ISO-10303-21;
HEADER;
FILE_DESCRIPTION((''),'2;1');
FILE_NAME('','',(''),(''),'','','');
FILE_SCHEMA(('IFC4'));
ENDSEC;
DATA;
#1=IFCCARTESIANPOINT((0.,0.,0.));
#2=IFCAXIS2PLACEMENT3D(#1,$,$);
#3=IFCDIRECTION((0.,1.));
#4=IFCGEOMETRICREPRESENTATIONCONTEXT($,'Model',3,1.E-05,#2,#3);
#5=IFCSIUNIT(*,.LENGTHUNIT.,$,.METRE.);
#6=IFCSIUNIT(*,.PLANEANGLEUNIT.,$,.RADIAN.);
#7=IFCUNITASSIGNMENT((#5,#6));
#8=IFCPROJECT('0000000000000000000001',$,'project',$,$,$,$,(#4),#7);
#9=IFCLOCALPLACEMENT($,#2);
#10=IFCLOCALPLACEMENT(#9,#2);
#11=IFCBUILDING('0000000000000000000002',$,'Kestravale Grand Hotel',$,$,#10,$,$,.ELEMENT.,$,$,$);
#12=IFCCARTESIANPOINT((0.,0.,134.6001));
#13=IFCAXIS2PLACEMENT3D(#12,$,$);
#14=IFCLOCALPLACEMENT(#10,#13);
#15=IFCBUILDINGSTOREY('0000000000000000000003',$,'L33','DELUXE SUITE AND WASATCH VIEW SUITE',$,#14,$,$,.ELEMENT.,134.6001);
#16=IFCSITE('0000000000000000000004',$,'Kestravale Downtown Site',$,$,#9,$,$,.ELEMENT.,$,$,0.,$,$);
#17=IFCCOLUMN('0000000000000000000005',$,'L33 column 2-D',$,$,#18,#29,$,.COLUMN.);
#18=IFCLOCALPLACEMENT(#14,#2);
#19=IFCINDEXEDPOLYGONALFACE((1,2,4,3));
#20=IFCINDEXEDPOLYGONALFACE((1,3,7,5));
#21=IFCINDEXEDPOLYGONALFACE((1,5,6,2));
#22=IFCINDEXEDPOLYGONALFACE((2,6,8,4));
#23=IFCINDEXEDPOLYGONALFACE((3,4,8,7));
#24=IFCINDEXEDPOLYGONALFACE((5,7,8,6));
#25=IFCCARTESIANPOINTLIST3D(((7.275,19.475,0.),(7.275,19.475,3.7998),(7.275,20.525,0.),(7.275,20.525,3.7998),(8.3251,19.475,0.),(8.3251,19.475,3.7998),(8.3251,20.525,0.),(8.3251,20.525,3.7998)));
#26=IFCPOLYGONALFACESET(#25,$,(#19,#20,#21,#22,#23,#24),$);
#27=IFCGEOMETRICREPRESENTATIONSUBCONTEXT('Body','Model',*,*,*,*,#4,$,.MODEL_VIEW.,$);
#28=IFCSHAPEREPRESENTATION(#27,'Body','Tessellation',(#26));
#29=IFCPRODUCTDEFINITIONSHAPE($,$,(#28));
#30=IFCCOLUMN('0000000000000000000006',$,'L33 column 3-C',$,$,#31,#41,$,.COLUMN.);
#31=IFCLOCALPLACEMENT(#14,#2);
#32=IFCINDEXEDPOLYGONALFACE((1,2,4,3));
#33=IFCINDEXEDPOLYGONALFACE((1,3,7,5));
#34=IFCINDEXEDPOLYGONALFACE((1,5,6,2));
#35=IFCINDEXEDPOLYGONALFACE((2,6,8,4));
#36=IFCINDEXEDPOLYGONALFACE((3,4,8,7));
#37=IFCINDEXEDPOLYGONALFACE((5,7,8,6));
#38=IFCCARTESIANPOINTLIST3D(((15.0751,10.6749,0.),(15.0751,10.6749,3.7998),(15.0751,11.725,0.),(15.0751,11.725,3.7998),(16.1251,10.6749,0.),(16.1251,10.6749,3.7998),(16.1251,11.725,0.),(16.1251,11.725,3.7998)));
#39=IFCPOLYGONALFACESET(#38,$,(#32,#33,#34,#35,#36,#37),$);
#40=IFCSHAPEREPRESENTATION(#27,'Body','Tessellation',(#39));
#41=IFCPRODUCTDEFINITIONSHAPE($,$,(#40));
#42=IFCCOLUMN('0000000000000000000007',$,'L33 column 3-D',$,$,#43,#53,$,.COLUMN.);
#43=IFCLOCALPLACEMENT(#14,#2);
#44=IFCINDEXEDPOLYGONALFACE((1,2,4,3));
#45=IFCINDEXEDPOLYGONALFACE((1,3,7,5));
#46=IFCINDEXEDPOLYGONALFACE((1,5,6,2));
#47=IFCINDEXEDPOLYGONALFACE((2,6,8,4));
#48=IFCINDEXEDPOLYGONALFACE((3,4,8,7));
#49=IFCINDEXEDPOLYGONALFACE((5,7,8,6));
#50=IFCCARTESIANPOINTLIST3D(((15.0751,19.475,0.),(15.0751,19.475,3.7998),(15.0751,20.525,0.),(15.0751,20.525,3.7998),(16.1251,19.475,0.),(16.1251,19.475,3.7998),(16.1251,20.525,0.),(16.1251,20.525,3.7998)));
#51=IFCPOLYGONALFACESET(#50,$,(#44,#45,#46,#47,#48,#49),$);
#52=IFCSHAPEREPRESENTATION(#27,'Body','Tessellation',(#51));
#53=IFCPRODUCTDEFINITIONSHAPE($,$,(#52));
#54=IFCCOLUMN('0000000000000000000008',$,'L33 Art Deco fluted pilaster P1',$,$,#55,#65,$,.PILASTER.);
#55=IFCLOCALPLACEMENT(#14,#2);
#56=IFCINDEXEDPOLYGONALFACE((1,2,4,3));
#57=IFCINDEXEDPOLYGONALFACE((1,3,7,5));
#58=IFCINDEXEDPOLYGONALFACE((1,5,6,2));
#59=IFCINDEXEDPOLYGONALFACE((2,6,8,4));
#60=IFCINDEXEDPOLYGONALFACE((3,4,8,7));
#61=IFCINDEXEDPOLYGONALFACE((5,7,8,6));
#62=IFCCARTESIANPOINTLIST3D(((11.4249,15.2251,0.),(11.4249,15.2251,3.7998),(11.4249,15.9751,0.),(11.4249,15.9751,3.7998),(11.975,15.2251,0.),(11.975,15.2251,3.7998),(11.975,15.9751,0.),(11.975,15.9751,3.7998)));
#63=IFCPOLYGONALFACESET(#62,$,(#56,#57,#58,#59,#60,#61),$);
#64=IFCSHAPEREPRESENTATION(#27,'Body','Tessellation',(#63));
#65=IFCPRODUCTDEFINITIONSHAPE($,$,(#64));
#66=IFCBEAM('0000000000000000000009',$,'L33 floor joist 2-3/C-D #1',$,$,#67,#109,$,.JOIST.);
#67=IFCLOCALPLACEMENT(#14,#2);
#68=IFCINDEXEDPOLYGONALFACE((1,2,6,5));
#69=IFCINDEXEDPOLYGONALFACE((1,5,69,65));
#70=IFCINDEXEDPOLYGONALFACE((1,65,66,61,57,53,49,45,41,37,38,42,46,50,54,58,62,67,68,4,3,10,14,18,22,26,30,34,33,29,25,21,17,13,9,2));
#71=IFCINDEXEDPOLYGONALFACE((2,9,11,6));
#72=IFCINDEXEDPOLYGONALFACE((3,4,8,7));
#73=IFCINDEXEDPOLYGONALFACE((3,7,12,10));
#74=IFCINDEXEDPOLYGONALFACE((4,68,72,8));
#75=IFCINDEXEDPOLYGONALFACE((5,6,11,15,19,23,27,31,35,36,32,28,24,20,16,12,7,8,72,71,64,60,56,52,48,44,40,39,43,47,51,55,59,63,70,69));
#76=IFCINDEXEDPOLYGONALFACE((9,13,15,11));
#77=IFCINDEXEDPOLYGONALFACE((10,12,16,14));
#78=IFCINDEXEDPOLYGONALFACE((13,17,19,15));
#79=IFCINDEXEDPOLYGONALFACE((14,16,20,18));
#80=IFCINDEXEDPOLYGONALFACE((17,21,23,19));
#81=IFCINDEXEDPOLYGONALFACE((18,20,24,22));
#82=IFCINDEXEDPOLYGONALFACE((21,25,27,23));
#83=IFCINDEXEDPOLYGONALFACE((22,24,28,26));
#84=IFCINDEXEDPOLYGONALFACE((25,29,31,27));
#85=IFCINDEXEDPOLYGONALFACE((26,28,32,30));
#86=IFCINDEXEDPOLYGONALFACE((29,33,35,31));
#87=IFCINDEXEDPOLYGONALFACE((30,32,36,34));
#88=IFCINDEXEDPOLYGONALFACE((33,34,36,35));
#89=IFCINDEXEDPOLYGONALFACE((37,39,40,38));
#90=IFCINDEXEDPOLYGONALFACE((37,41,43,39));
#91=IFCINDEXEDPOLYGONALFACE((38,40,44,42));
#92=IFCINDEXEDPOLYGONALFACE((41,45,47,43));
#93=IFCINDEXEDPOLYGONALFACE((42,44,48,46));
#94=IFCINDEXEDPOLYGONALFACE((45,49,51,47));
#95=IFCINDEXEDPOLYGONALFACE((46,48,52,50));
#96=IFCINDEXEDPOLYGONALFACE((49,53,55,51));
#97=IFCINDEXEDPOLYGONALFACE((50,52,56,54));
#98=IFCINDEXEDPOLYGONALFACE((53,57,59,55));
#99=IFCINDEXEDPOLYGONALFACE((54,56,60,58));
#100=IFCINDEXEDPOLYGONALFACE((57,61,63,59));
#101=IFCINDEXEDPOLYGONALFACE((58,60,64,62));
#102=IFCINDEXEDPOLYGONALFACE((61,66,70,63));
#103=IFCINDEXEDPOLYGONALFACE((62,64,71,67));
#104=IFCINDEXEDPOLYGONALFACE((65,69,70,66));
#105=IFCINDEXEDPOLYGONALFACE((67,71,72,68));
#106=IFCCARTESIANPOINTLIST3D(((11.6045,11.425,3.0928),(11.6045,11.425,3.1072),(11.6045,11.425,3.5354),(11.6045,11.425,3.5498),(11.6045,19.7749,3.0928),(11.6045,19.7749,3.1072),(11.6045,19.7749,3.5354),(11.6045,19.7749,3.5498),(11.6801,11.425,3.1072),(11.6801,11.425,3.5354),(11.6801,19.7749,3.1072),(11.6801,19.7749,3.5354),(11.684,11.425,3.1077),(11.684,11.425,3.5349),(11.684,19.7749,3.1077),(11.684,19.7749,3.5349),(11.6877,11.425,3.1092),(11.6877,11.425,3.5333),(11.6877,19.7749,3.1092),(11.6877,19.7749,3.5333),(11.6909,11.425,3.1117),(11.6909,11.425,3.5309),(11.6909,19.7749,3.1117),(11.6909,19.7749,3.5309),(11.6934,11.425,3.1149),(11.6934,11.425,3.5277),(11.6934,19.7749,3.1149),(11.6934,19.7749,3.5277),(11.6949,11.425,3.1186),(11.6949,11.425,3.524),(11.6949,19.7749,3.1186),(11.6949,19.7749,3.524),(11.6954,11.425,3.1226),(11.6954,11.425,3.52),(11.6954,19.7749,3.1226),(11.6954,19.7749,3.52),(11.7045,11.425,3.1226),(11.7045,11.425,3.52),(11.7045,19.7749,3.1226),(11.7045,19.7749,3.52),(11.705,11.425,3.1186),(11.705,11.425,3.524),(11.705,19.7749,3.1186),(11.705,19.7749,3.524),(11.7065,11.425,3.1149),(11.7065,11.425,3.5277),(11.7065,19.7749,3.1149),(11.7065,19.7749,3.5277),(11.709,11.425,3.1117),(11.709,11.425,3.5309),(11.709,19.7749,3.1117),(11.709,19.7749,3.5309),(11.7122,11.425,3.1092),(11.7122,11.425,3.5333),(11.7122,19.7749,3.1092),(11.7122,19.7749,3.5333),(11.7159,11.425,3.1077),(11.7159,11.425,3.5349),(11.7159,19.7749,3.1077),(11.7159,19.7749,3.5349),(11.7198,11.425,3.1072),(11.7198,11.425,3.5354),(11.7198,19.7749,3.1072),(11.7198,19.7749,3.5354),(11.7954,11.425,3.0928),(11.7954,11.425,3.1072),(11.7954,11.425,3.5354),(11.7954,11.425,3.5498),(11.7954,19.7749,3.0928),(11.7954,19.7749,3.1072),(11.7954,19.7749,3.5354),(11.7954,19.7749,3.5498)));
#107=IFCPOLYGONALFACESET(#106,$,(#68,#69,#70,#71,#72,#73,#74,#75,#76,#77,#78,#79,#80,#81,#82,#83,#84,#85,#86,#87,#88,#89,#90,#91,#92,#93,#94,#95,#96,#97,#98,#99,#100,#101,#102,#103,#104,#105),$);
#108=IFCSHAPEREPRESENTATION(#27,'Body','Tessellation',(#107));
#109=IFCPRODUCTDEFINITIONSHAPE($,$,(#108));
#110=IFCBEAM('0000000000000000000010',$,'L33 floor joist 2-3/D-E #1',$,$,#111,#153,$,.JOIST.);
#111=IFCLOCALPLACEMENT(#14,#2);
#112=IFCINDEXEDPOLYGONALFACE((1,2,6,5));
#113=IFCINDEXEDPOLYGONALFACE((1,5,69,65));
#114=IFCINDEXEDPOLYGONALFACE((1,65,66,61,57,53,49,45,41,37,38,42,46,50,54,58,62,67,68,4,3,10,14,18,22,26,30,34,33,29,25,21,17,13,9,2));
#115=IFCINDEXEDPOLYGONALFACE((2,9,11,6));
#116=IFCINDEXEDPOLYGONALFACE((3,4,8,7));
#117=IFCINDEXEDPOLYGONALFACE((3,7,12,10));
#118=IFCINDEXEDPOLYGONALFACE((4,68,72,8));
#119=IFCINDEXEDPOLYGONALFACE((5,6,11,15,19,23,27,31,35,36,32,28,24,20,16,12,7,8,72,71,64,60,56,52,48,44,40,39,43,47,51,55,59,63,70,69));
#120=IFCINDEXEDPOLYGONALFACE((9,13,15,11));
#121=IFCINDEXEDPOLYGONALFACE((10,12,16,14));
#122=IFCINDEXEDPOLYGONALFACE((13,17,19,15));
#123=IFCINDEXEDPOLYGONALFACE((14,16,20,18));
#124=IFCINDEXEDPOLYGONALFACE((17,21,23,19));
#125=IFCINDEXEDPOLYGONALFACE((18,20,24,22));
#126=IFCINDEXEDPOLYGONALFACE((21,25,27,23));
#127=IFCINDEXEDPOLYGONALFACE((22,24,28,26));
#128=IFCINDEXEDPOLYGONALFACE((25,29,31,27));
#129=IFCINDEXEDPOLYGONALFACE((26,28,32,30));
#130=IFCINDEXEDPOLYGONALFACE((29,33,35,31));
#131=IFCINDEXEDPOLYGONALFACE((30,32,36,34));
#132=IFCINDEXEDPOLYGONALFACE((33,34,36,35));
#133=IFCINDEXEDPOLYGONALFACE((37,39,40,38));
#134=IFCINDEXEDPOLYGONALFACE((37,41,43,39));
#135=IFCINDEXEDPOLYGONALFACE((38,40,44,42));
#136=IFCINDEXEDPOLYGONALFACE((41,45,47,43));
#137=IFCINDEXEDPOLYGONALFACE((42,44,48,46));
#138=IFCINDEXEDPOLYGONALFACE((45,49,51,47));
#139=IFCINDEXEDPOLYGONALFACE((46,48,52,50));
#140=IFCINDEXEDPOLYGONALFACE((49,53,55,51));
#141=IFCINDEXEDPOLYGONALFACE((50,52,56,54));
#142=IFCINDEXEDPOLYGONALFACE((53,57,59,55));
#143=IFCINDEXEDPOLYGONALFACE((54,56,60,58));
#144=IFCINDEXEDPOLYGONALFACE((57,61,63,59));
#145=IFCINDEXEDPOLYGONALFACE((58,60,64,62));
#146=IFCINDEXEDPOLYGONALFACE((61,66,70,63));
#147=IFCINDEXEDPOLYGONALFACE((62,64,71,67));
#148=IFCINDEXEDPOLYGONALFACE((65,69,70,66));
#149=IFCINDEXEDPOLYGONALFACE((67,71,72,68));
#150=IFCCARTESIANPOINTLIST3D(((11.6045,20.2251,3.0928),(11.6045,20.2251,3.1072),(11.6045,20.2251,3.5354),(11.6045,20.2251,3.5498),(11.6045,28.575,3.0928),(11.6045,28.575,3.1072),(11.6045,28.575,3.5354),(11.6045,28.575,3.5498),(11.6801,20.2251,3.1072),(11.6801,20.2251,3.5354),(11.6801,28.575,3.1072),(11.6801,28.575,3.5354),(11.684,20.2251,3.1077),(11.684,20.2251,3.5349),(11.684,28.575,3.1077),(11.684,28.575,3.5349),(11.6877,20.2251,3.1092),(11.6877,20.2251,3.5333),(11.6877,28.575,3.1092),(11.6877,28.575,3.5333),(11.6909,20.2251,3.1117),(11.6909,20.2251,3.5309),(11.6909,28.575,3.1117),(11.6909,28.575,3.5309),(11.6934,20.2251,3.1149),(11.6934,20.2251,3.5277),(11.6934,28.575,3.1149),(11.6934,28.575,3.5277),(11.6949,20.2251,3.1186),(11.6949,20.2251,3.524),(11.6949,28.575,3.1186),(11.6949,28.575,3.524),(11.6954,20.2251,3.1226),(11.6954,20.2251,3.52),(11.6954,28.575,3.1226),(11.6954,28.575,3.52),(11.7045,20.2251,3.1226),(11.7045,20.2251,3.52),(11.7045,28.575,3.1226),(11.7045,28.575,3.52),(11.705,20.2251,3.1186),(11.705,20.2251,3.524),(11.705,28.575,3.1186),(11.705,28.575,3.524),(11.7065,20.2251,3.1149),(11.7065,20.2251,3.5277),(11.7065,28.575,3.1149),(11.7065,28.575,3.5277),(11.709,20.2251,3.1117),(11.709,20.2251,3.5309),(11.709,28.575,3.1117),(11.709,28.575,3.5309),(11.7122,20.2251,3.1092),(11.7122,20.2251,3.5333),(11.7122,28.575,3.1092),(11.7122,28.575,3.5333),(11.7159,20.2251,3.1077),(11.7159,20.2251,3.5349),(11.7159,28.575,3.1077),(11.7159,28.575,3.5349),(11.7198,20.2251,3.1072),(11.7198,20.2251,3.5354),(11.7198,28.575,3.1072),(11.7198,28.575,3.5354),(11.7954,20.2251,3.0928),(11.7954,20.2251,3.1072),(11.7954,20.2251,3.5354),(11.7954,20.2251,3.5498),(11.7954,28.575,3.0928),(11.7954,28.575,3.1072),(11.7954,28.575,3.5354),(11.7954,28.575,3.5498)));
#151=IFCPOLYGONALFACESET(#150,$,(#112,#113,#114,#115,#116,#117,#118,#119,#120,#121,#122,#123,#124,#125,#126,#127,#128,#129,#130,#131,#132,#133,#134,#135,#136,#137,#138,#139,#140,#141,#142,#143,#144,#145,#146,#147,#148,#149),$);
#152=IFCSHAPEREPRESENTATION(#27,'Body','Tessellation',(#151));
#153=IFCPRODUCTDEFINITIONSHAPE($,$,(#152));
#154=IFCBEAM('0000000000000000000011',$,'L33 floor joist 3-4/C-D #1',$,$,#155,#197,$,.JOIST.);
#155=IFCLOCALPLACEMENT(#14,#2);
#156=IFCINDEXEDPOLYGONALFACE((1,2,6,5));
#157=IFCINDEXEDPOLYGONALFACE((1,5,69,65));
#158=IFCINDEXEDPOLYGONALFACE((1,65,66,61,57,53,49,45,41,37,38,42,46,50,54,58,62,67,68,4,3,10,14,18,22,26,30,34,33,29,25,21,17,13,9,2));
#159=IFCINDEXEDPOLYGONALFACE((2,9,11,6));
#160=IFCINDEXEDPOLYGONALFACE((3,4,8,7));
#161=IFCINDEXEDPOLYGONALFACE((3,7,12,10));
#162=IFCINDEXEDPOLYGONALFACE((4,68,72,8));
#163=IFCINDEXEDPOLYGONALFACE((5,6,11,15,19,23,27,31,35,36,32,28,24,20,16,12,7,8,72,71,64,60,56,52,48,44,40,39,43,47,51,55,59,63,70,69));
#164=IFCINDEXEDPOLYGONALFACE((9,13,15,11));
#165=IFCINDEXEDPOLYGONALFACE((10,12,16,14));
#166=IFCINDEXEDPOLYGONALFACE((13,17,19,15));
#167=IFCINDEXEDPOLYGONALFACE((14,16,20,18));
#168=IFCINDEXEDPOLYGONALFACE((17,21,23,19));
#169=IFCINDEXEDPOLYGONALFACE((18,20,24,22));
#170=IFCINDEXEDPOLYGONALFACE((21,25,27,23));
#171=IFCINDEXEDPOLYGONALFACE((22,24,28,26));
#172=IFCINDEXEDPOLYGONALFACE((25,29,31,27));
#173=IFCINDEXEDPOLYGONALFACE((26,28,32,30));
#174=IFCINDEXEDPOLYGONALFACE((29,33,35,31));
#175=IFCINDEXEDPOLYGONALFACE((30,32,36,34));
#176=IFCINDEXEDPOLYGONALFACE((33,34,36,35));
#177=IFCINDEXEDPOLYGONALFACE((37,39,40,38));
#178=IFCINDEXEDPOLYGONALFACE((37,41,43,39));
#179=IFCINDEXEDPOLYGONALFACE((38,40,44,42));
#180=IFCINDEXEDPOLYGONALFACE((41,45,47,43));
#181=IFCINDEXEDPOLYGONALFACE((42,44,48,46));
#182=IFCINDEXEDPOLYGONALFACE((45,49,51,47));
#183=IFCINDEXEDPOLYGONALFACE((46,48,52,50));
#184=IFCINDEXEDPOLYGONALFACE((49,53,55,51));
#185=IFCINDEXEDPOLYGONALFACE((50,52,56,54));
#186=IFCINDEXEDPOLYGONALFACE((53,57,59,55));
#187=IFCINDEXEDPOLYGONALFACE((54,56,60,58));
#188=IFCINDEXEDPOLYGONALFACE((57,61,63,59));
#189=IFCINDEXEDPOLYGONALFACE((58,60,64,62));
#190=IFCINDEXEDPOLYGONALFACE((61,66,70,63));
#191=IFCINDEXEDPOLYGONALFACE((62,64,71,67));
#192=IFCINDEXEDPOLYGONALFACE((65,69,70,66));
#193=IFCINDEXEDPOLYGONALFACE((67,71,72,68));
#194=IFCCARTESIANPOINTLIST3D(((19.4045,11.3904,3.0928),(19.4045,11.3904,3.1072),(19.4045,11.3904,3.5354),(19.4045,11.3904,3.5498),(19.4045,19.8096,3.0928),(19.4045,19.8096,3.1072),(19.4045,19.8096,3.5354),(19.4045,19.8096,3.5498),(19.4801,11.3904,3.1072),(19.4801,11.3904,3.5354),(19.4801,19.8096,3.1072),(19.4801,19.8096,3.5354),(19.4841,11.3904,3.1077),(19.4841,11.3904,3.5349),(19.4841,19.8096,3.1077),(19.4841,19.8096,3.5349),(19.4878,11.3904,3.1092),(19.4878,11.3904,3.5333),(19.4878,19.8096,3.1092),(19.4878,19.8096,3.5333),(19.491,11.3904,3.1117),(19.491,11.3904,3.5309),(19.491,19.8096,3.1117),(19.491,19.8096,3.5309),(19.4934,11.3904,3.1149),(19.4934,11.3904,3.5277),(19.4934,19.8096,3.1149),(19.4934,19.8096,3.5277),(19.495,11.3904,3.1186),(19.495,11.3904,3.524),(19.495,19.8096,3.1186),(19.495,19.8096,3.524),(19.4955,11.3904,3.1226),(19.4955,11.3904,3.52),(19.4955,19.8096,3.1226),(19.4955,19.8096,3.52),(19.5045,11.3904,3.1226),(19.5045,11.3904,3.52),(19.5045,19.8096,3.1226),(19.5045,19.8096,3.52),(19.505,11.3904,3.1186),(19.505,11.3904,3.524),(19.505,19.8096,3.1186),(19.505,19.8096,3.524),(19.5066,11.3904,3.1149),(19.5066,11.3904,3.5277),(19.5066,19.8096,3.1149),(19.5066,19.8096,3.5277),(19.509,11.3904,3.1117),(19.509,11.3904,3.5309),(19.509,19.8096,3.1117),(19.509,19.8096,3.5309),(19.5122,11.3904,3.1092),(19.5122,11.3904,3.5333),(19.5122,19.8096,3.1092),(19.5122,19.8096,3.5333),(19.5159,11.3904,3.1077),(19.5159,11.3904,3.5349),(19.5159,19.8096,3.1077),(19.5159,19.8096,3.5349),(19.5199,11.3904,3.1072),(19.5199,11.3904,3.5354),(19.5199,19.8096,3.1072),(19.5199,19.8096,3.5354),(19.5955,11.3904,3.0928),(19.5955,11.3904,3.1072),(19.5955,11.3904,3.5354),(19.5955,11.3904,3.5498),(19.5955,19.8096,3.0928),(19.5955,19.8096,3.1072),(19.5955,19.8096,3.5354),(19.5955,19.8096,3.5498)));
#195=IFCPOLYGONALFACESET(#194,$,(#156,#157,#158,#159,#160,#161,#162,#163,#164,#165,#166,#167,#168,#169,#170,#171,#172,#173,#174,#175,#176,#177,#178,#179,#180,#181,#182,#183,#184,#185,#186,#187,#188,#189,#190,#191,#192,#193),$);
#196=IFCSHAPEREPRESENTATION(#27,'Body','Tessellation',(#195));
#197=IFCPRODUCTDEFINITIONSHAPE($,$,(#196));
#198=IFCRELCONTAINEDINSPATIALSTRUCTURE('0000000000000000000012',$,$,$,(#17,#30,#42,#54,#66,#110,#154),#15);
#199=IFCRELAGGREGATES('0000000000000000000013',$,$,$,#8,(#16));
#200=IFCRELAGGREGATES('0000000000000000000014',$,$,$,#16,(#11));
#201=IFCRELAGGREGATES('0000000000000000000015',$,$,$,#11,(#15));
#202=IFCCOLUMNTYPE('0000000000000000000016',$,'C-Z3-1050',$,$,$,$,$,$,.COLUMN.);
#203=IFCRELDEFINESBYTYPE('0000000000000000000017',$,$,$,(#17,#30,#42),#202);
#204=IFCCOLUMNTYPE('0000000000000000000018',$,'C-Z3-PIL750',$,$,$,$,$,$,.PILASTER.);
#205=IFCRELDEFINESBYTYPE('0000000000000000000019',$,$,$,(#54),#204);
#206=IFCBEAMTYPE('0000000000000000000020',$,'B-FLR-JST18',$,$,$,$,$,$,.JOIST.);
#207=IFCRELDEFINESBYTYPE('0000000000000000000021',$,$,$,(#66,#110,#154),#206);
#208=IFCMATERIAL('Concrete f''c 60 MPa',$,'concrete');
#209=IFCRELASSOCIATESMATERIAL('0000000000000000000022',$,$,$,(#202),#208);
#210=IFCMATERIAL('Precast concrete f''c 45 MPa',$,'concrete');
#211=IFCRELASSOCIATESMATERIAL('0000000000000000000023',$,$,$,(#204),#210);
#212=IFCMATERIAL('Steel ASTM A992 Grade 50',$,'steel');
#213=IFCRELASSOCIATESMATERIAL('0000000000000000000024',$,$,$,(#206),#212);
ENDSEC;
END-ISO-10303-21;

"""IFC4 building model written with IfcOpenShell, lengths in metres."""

from ifc_helpers import new_model, si_unit, direction, frame, origin, origin_2d, place, context, subcontext, project, spatial, rectangle, i_section, extrude, material, material_profile, profile_set, type_object, element, save


model = new_model("IFC4")

# Units and contexts
model_context = context("Model", 3, precision=1e-05, world=origin(), true_north=direction((0.0, 1.0)))
body_context = subcontext(model_context, "Body", "Model", "MODEL_VIEW")
ifc_project = project(units=[si_unit("LENGTHUNIT", "METRE"), si_unit("PLANEANGLEUNIT", "RADIAN")], contexts=[model_context])

# Site, building, storey
site_placement = place(None, origin())
site = spatial("IfcSite", under=ifc_project, at=site_placement, Name="Kestravale Downtown Site", CompositionType="ELEMENT", RefElevation=0.0)
building_placement = place(site_placement, origin())
building = spatial("IfcBuilding", under=site, at=building_placement, Name="Kestravale Grand Hotel", CompositionType="ELEMENT")
storey_placement = place(building_placement, frame((0.0, 0.0, 134.6001)))
storey = spatial("IfcBuildingStorey", under=building, at=storey_placement, Name="L33", Description="DELUXE SUITE AND WASATCH VIEW SUITE", CompositionType="ELEMENT", Elevation=134.6001)

# Columns
ifc_material_1 = material(Name="Concrete f'c 60 MPa", Category="concrete")
ifc_material_profile_1 = material_profile(ifc_material_1, rectangle(XDim=1.05, YDim=1.05, at=origin_2d()))
ifc_profile_set_1 = profile_set([ifc_material_profile_1], Name="Concrete f'c 60 MPa")
column_type_1 = type_object("IfcColumnType", Name="C-Z3-1050", PredefinedType="COLUMN", material=ifc_profile_set_1)
for number, where, z_axis, x_axis, name in (
    (1, (7.8, 20.0, 0.0), (0.0, 0.0, 1.0), (1.0, 0.0, 0.0), "L33 column 2-D"),
    (2, (15.6001, 11.2, 0.0), (0.0, 0.0, 1.0), (1.0, 0.0, 0.0), "L33 column 3-C"),
    (3, (15.6001, 20.0, 0.0), (0.0, 0.0, 1.0), (1.0, 0.0, 0.0), "L33 column 3-D"),
):
    element("IfcColumn", number, at=place(storey_placement, frame(where, z_axis=z_axis, x_axis=x_axis)), inside=storey, type_object=column_type_1, Name=name, PredefinedType="COLUMN", context=body_context, shape_type="SweptSolid", body=[
        extrude(rectangle(XDim=1.05, YDim=1.05, at=origin_2d()), origin(), (0.0, 0.0, 1.0), 3.7998),
    ])
ifc_material_2 = material(Name="Precast concrete f'c 45 MPa", Category="concrete")
ifc_material_profile_2 = material_profile(ifc_material_2, rectangle(XDim=0.55, YDim=0.75, at=origin_2d()))
ifc_profile_set_2 = profile_set([ifc_material_profile_2], Name="Precast concrete f'c 45 MPa")
column_type_2 = type_object("IfcColumnType", Name="C-Z3-PIL750", PredefinedType="PILASTER", material=ifc_profile_set_2)
column_placement = place(storey_placement, frame((11.7, 15.6001, 0.0), z_axis=(0.0, 0.0, 1.0), x_axis=(1.0, 0.0, 0.0)))
element("IfcColumn", 4, at=column_placement, inside=storey, type_object=column_type_2, Name="L33 Art Deco fluted pilaster P1", PredefinedType="PILASTER", context=body_context, shape_type="SweptSolid", body=[
    extrude(rectangle(XDim=0.55, YDim=0.75, at=origin_2d()), origin(), (0.0, 0.0, 1.0), 3.7998),
])

# Beams
ifc_material_3 = material(Name="Steel ASTM A992 Grade 50", Category="steel")
ifc_material_profile_3 = material_profile(ifc_material_3, i_section(OverallWidth=0.1909, OverallDepth=0.457, WebThickness=0.009, FlangeThickness=0.0144, FilletRadius=0.0154, at=origin_2d()))
ifc_profile_set_3 = profile_set([ifc_material_profile_3], Name="Steel ASTM A992 Grade 50")
beam_type_1 = type_object("IfcBeamType", Name="B-FLR-JST18", PredefinedType="JOIST", material=ifc_profile_set_3)
for number, where, z_axis, x_axis, name in (
    (5, (11.7, 11.425, 3.3213), (0.0, 1.0, 0.0), (-1.0, 0.0, 0.0), "L33 floor joist 2-3/C-D #1"),
    (6, (11.7, 20.2251, 3.3213), (0.0, 1.0, 0.0), (-1.0, 0.0, 0.0), "L33 floor joist 2-3/D-E #1"),
):
    element("IfcBeam", number, at=place(storey_placement, frame(where, z_axis=z_axis, x_axis=x_axis)), inside=storey, type_object=beam_type_1, Name=name, PredefinedType="JOIST", context=body_context, shape_type="SweptSolid", body=[
        extrude(i_section(OverallWidth=0.1909, OverallDepth=0.457, WebThickness=0.009, FlangeThickness=0.0144, FilletRadius=0.0154, at=origin_2d()), origin(), (0.0, 0.0, 1.0), 8.3499),
    ])
beam_1_placement = place(storey_placement, frame((19.5, 11.3904, 3.3213), z_axis=(0.0, 1.0, 0.0), x_axis=(-1.0, 0.0, 0.0)))
element("IfcBeam", 7, at=beam_1_placement, inside=storey, type_object=beam_type_1, Name="L33 floor joist 3-4/C-D #1", PredefinedType="JOIST", context=body_context, shape_type="SweptSolid", body=[
    extrude(i_section(OverallWidth=0.1909, OverallDepth=0.457, WebThickness=0.009, FlangeThickness=0.0144, FilletRadius=0.0154, at=origin_2d()), origin(), (0.0, 0.0, 1.0), 8.4192),
])

save(model, "model.ifc")
